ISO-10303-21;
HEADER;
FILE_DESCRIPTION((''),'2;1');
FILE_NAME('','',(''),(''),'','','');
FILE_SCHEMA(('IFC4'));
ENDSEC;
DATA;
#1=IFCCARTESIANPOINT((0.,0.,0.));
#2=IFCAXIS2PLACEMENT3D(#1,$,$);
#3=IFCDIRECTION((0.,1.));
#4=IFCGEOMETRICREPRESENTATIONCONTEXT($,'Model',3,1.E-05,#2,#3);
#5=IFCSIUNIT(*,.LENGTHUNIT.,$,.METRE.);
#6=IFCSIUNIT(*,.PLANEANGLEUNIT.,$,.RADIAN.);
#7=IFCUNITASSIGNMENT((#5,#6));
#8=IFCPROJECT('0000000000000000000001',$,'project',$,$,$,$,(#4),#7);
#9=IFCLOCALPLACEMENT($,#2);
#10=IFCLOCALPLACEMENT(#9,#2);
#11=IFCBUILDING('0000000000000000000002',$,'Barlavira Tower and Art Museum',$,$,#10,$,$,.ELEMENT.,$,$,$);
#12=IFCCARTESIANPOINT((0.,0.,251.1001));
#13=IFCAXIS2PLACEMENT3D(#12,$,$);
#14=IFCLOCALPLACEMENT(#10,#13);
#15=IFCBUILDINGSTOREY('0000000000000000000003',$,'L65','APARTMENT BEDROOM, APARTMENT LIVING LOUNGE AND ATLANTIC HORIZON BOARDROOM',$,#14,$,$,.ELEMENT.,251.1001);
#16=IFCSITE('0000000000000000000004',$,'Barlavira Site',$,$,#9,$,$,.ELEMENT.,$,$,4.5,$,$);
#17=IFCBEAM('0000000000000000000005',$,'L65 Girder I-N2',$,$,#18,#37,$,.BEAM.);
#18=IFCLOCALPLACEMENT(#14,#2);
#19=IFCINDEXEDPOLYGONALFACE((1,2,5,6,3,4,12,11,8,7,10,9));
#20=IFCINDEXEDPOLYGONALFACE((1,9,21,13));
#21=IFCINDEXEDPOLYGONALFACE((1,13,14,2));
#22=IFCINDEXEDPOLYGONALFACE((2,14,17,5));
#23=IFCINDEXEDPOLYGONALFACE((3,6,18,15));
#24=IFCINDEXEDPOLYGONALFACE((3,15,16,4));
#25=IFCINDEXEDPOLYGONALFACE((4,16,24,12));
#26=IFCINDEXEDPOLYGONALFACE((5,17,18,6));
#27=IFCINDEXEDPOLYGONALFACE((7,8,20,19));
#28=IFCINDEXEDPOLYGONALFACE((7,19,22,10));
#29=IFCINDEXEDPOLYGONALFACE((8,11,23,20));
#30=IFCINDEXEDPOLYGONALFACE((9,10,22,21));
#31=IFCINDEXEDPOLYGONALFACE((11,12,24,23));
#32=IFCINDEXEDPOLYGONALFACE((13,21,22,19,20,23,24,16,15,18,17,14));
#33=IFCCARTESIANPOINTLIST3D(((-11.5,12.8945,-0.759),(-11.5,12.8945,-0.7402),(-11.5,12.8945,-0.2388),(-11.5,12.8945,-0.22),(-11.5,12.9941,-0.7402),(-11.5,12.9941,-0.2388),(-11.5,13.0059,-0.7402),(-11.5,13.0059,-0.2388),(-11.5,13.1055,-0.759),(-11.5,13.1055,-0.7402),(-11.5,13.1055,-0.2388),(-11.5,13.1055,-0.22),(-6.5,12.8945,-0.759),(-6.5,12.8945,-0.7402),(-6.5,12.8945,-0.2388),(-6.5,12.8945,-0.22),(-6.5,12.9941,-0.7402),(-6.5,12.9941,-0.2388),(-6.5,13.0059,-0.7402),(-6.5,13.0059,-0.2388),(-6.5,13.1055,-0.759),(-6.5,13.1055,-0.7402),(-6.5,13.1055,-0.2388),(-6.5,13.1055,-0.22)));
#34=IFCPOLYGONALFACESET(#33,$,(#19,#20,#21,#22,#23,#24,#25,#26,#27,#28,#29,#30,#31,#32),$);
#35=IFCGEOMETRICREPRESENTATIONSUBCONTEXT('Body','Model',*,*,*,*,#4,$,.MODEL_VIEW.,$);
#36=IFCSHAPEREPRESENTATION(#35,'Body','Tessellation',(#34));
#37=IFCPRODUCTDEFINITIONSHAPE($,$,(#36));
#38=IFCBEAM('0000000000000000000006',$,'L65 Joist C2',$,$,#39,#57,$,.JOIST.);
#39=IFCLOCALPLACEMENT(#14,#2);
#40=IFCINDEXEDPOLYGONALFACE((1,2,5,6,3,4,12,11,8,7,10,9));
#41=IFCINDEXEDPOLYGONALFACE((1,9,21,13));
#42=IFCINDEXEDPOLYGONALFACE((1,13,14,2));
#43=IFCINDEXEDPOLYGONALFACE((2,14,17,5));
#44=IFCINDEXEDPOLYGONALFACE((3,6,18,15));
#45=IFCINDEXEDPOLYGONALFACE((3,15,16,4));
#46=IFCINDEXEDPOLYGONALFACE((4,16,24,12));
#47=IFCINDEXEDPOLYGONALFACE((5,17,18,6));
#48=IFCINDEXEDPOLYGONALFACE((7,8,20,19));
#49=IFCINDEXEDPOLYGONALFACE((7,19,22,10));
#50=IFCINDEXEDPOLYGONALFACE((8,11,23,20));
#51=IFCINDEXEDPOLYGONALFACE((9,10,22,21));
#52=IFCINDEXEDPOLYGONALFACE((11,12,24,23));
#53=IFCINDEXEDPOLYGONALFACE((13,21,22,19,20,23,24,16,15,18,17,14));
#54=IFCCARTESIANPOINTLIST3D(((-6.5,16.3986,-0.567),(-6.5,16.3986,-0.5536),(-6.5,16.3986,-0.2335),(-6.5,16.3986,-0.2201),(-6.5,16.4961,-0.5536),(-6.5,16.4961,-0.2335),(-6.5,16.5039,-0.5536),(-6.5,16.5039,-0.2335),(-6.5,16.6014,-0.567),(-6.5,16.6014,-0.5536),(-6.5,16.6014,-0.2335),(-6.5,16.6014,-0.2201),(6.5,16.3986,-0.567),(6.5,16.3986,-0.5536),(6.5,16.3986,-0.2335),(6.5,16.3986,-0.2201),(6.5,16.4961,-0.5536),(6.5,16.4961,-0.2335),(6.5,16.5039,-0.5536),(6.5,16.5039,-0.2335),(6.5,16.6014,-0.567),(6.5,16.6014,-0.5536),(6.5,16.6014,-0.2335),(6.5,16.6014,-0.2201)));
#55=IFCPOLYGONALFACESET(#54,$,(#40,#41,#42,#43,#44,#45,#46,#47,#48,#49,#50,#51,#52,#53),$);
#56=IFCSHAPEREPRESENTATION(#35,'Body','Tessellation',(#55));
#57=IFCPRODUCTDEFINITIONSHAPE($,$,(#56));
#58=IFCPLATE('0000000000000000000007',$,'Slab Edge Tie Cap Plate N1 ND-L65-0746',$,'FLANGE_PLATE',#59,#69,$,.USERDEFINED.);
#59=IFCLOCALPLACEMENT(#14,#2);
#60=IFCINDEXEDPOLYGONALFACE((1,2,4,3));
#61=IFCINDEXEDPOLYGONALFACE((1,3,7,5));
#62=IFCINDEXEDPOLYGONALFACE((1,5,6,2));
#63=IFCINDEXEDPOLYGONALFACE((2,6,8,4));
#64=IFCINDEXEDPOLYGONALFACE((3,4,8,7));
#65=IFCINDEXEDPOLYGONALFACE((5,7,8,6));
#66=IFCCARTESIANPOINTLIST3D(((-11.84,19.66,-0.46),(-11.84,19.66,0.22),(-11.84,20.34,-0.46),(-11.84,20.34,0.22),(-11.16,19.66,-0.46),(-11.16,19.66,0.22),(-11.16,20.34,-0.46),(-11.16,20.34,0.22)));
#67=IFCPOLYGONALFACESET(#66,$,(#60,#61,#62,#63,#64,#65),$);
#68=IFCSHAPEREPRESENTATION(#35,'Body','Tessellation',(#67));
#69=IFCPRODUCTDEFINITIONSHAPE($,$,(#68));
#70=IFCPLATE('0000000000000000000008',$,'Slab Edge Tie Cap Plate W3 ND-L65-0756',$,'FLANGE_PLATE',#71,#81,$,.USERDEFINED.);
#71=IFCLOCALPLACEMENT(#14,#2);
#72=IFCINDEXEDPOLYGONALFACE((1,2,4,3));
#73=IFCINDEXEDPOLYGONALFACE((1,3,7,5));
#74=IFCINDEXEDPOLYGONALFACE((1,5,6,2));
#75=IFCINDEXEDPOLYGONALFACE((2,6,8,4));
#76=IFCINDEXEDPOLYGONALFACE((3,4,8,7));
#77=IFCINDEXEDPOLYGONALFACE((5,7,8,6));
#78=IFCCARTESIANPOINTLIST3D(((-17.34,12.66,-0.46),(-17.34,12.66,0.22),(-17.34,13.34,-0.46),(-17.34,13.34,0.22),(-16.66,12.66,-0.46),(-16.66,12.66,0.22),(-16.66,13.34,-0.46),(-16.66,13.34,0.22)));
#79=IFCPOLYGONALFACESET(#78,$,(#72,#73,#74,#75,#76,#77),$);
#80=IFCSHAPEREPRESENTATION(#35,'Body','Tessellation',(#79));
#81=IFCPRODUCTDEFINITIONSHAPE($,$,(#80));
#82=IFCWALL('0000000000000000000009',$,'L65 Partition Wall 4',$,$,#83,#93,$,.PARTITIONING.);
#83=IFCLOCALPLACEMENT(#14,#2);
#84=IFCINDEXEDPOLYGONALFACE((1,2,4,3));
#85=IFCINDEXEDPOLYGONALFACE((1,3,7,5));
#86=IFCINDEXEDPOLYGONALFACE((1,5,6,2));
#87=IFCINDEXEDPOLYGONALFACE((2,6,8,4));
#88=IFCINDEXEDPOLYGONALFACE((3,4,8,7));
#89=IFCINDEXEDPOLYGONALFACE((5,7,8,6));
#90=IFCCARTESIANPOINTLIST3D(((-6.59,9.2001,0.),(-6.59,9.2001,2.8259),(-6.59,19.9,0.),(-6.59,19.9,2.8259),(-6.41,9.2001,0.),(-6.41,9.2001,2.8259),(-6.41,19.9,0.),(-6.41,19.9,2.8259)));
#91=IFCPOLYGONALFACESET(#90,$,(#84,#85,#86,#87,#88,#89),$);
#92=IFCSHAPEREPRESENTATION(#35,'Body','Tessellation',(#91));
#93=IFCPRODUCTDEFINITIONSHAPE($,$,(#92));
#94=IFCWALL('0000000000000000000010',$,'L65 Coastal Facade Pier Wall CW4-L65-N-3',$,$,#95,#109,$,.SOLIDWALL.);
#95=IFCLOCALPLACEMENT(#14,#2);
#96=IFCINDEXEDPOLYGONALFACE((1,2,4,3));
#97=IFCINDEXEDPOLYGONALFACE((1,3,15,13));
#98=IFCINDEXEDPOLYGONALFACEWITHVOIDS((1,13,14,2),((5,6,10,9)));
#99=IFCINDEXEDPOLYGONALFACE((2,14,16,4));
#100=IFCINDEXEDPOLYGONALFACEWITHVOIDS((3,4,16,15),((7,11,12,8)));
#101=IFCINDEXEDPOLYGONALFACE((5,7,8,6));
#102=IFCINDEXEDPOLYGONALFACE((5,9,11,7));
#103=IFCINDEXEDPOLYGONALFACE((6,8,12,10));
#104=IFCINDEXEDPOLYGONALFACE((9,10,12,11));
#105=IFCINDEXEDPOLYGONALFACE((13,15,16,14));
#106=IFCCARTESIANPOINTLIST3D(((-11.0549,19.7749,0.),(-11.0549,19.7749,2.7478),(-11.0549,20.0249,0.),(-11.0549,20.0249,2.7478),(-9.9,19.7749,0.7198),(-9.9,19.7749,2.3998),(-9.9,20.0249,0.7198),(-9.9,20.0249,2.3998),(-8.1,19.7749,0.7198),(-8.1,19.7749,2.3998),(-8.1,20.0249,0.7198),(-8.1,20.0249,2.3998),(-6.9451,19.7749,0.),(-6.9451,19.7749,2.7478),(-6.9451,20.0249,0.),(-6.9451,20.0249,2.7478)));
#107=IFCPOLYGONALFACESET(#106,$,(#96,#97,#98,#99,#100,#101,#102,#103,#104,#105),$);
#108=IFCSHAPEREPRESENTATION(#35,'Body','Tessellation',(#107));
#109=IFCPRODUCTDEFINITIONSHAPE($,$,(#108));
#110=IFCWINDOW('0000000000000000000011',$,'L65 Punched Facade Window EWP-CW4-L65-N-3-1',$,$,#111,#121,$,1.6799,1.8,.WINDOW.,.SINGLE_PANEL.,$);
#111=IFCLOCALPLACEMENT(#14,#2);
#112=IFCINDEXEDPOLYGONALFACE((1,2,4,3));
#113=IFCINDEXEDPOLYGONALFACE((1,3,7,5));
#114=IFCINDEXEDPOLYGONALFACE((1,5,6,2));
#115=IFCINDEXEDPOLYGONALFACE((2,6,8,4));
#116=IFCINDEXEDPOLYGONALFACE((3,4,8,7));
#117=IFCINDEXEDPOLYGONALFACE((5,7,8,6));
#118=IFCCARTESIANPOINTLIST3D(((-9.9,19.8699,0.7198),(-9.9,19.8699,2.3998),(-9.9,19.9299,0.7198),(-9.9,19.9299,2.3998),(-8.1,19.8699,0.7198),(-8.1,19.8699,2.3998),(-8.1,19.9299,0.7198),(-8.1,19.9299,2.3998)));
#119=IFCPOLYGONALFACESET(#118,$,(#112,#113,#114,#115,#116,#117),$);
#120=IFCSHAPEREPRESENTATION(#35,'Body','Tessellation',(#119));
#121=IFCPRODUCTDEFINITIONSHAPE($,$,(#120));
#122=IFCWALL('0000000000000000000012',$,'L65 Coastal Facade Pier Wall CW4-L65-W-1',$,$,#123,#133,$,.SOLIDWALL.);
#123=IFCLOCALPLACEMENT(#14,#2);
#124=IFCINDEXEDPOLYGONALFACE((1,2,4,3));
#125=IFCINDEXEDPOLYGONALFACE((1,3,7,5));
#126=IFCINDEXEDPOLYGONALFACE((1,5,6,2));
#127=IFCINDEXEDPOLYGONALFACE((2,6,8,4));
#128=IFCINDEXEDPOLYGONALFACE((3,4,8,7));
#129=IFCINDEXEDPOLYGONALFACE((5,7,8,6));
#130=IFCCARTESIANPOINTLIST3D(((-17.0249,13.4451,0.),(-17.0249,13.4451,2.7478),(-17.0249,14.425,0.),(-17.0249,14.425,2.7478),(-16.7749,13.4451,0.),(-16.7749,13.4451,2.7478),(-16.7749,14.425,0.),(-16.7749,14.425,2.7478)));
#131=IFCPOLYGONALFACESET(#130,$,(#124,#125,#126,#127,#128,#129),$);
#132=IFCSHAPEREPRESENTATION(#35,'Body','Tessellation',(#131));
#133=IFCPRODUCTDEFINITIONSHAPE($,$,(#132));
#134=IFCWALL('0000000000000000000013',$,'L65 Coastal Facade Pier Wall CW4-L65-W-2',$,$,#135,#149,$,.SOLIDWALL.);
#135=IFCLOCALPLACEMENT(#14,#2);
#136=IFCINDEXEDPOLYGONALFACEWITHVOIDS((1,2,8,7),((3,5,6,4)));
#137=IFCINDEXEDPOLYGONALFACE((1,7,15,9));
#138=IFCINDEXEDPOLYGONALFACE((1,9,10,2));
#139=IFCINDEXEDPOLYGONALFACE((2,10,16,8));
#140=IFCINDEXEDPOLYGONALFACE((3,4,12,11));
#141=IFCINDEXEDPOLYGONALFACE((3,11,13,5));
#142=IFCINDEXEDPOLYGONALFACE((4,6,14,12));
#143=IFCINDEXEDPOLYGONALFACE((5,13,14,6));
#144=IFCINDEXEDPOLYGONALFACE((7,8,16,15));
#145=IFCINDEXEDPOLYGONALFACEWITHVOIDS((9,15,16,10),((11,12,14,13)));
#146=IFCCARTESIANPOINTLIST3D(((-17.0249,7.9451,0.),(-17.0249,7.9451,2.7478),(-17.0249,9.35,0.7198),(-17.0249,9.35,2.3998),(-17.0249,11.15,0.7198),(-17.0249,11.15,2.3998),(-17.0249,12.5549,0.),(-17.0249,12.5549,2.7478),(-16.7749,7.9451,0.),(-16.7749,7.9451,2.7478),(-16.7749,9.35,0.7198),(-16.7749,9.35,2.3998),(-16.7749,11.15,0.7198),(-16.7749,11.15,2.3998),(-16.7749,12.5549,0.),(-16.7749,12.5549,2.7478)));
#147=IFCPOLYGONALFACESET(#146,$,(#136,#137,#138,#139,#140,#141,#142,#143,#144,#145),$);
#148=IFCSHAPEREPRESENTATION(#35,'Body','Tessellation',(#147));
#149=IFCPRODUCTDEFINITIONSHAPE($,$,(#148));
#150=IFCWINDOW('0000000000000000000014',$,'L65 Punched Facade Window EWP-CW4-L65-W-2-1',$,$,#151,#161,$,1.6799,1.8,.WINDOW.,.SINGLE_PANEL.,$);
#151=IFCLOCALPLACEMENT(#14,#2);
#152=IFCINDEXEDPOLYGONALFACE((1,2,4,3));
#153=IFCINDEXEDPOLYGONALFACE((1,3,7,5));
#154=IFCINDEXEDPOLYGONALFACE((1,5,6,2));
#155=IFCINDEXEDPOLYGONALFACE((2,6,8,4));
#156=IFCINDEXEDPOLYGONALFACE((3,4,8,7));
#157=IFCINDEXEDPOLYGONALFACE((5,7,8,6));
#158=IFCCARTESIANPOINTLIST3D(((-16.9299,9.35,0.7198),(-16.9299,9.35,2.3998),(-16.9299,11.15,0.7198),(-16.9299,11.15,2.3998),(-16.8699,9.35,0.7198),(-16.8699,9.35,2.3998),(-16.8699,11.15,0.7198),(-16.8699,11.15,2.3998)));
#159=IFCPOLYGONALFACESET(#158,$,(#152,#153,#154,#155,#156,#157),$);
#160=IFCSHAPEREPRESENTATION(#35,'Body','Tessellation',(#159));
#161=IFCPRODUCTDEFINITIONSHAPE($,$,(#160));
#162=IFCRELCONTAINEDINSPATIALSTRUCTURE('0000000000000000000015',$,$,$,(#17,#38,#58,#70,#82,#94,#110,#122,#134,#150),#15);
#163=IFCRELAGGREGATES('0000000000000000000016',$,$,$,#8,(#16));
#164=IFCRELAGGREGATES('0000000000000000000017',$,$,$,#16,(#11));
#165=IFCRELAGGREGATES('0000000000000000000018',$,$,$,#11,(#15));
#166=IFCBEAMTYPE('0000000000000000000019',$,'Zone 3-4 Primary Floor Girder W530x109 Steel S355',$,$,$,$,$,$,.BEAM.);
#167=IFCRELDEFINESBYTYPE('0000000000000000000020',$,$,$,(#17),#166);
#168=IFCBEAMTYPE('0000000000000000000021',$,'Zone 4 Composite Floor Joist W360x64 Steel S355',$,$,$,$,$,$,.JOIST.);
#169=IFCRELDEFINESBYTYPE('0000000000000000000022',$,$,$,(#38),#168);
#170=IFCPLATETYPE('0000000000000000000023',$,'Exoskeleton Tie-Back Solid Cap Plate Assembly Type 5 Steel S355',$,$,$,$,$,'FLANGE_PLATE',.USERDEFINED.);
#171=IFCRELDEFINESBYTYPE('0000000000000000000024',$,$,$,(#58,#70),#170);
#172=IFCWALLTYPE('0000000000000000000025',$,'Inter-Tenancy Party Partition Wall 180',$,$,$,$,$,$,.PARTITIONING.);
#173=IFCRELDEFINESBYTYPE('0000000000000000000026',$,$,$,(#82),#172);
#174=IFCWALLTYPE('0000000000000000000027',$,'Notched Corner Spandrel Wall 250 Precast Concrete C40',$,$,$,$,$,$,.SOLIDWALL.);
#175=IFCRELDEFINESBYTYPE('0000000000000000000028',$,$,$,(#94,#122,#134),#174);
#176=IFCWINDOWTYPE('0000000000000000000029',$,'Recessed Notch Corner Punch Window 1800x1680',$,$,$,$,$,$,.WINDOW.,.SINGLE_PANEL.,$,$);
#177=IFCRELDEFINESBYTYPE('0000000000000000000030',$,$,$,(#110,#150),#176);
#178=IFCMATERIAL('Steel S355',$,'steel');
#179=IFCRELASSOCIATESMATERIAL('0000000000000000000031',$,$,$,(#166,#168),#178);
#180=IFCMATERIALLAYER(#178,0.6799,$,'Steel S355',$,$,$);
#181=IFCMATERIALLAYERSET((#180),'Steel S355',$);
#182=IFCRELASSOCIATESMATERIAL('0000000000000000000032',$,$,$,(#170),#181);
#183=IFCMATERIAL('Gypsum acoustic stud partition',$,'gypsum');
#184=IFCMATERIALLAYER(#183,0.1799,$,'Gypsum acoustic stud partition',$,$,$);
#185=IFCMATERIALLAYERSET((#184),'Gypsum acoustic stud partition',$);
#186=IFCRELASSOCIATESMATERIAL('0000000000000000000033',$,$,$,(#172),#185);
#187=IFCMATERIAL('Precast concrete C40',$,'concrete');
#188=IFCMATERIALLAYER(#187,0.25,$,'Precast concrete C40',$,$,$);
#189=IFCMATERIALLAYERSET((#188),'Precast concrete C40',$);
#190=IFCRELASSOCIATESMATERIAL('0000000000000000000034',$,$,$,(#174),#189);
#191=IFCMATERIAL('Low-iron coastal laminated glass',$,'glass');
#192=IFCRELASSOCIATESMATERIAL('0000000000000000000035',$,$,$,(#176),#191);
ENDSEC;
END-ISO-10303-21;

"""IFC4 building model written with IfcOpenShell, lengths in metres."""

from ifc_helpers import new_model, si_unit, direction, frame, frame_2d, origin, origin_2d, place, context, subcontext, project, spatial, rectangle, i_section, extrude, material, layer, layer_set, material_profile, profile_set, type_object, element, fill, save


model = new_model("IFC4")

# Units and contexts
model_context = context("Model", 3, precision=1e-05, world=origin(), true_north=direction((0.0, 1.0)))
body_context = subcontext(model_context, "Body", "Model", "MODEL_VIEW")
ifc_project = project(units=[si_unit("LENGTHUNIT", "METRE"), si_unit("PLANEANGLEUNIT", "RADIAN")], contexts=[model_context])

# Site, building, storey
site_placement = place(None, origin())
site = spatial("IfcSite", under=ifc_project, at=site_placement, Name="Barlavira Site", CompositionType="ELEMENT", RefElevation=4.5)
building_placement = place(site_placement, origin())
building = spatial("IfcBuilding", under=site, at=building_placement, Name="Barlavira Tower and Art Museum", CompositionType="ELEMENT")
storey_placement = place(building_placement, frame((0.0, 0.0, 251.1001)))
storey = spatial("IfcBuildingStorey", under=building, at=storey_placement, Name="L65", Description="APARTMENT BEDROOM, APARTMENT LIVING LOUNGE AND ATLANTIC HORIZON BOARDROOM", CompositionType="ELEMENT", Elevation=251.1001)

# Shared definitions
ifc_material_1 = material(Name="Steel S355", Category="steel")

# Beams
ifc_material_profile_1 = material_profile(ifc_material_1, i_section(OverallWidth=0.2109, OverallDepth=0.5391, WebThickness=0.0117, FlangeThickness=0.0188, at=origin_2d()), Name="W530x109.0")
ifc_profile_set_1 = profile_set([ifc_material_profile_1], Name="Steel S355")
beam_type_1 = type_object("IfcBeamType", Name="Zone 3-4 Primary Floor Girder W530x109 Steel S355", PredefinedType="BEAM", material=ifc_profile_set_1)
beam_1_placement = place(storey_placement, frame((-11.5, 13.0, -0.4895), z_axis=(1.0, 0.0, 0.0), x_axis=(0.0, 1.0, 0.0)))
element("IfcBeam", 1, at=beam_1_placement, inside=storey, type_object=beam_type_1, Name="L65 Girder I-N2", PredefinedType="BEAM", context=body_context, shape_type="SweptSolid", body=[
    extrude(i_section(OverallWidth=0.2109, OverallDepth=0.5391, WebThickness=0.0117, FlangeThickness=0.0188, at=origin_2d()), origin(), (0.0, 0.0, 1.0), 5.0),
])
ifc_material_profile_2 = material_profile(ifc_material_1, i_section(OverallWidth=0.2029, OverallDepth=0.3469, WebThickness=0.0078, FlangeThickness=0.0134, at=origin_2d()), Name="W360x64.0")
ifc_profile_set_2 = profile_set([ifc_material_profile_2], Name="Steel S355")
beam_type_2 = type_object("IfcBeamType", Name="Zone 4 Composite Floor Joist W360x64 Steel S355", PredefinedType="JOIST", material=ifc_profile_set_2)
beam_2_placement = place(storey_placement, frame((-6.5, 16.5, -0.3936), z_axis=(1.0, 0.0, 0.0), x_axis=(0.0, 1.0, 0.0)))
element("IfcBeam", 2, at=beam_2_placement, inside=storey, type_object=beam_type_2, Name="L65 Joist C2", PredefinedType="JOIST", context=body_context, shape_type="SweptSolid", body=[
    extrude(i_section(OverallWidth=0.2029, OverallDepth=0.3469, WebThickness=0.0078, FlangeThickness=0.0134, at=origin_2d()), origin(), (0.0, 0.0, 1.0), 13.0),
])

# Plates
ifc_layer_1 = layer(ifc_material_1, 0.6799, Name="Steel S355")
ifc_layer_set_1 = layer_set([ifc_layer_1], Name="Steel S355")
plate_type = type_object("IfcPlateType", Name="Exoskeleton Tie-Back Solid Cap Plate Assembly Type 5 Steel S355", ElementType="FLANGE_PLATE", PredefinedType="USERDEFINED", material=ifc_layer_set_1)
for number, where, z_axis, x_axis, name in (
    (3, (-11.5, 20.0, -0.46), (0.0, 0.0, 1.0), (1.0, 0.0, 0.0), "Slab Edge Tie Cap Plate N1 ND-L65-0746"),
    (4, (-17.0, 13.0, -0.46), (0.0, 0.0, 1.0), (1.0, 0.0, 0.0), "Slab Edge Tie Cap Plate W3 ND-L65-0756"),
):
    element("IfcPlate", number, at=place(storey_placement, frame(where, z_axis=z_axis, x_axis=x_axis)), inside=storey, type_object=plate_type, Name=name, ObjectType="FLANGE_PLATE", PredefinedType="USERDEFINED", context=body_context, shape_type="SweptSolid", body=[
        extrude(rectangle(XDim=0.6799, YDim=0.6799, at=origin_2d()), origin(), (0.0, 0.0, 1.0), 0.6799),
    ])

# Wall
ifc_material_2 = material(Name="Gypsum acoustic stud partition", Category="gypsum")
ifc_layer_2 = layer(ifc_material_2, 0.1799, Name="Gypsum acoustic stud partition")
ifc_layer_set_2 = layer_set([ifc_layer_2], Name="Gypsum acoustic stud partition")
wall_type_1 = type_object("IfcWallType", Name="Inter-Tenancy Party Partition Wall 180", PredefinedType="PARTITIONING", material=ifc_layer_set_2)
wall_1_placement = place(storey_placement, frame((-6.5, 9.2, 0.0), z_axis=(0.0, 0.0, 1.0), x_axis=(0.0, 1.0, 0.0)))
element("IfcWall", 5, at=wall_1_placement, inside=storey, type_object=wall_type_1, Name="L65 Partition Wall 4", PredefinedType="PARTITIONING", context=body_context, shape_type="SweptSolid", body=[
    extrude(rectangle(XDim=10.7, YDim=0.1799, at=frame_2d((5.3501, 0.0))), origin(), (0.0, 0.0, 1.0), 2.8259),
])

# Wall, opening, window
ifc_material_3 = material(Name="Precast concrete C40", Category="concrete")
ifc_layer_3 = layer(ifc_material_3, 0.25, Name="Precast concrete C40")
ifc_layer_set_3 = layer_set([ifc_layer_3], Name="Precast concrete C40")
wall_type_2 = type_object("IfcWallType", Name="Notched Corner Spandrel Wall 250 Precast Concrete C40", PredefinedType="SOLIDWALL", material=ifc_layer_set_3)
wall_2_placement = place(storey_placement, frame((-6.9451, 19.8999, 0.0), z_axis=(0.0, 0.0, 1.0), x_axis=(-1.0, 0.0, 0.0)))
wall_2 = element("IfcWall", 6, at=wall_2_placement, inside=storey, type_object=wall_type_2, Name="L65 Coastal Facade Pier Wall CW4-L65-N-3", PredefinedType="SOLIDWALL", context=body_context, shape_type="SweptSolid", body=[
    extrude(rectangle(XDim=4.1099, YDim=0.25, at=frame_2d((2.0549, 0.0))), origin(), (0.0, 0.0, 1.0), 2.7478),
])
opening_1_placement = place(wall_2_placement, frame((1.155, 0.0, 0.72)))
opening_1 = element("IfcOpeningElement", 7, at=opening_1_placement, cuts=wall_2, PredefinedType="OPENING", context=body_context, shape_type="SweptSolid", body=[
    extrude(rectangle(XDim=1.8, YDim=1.6799, at=frame_2d((0.8999, 0.8398))), frame((0.0, 0.135, 0.0), z_axis=(0.0, -1.0, 0.0), x_axis=(1.0, 0.0, 0.0)), (0.0, 0.0, 1.0), 0.27),
])
ifc_material_4 = material(Name="Low-iron coastal laminated glass", Category="glass")
window_type = type_object("IfcWindowType", Name="Recessed Notch Corner Punch Window 1800x1680", PartitioningType="SINGLE_PANEL", PredefinedType="WINDOW", material=ifc_material_4)
window_1_placement = place(opening_1_placement, origin())
window_1 = element("IfcWindow", 8, at=window_1_placement, inside=storey, type_object=window_type, Name="L65 Punched Facade Window EWP-CW4-L65-N-3-1", OverallHeight=1.6799, OverallWidth=1.8, PartitioningType="SINGLE_PANEL", PredefinedType="WINDOW", context=body_context, shape_type="SweptSolid", body=[
    extrude(rectangle(XDim=1.8, YDim=1.6799, at=frame_2d((0.8999, 0.8398))), frame((0.0, 0.03, 0.0), z_axis=(0.0, -1.0, 0.0), x_axis=(1.0, 0.0, 0.0)), (0.0, 0.0, 1.0), 0.0601),
])
fill(opening_1, window_1)

# Wall
wall_3_placement = place(storey_placement, frame((-16.8999, 14.425, 0.0), z_axis=(0.0, 0.0, 1.0), x_axis=(0.0, -1.0, 0.0)))
element("IfcWall", 9, at=wall_3_placement, inside=storey, type_object=wall_type_2, Name="L65 Coastal Facade Pier Wall CW4-L65-W-1", PredefinedType="SOLIDWALL", context=body_context, shape_type="SweptSolid", body=[
    extrude(rectangle(XDim=0.98, YDim=0.25, at=frame_2d((0.49, 0.0))), origin(), (0.0, 0.0, 1.0), 2.7478),
])

# Wall, opening, window
wall_4_placement = place(storey_placement, frame((-16.8999, 12.5549, 0.0), z_axis=(0.0, 0.0, 1.0), x_axis=(0.0, -1.0, 0.0)))
wall_4 = element("IfcWall", 10, at=wall_4_placement, inside=storey, type_object=wall_type_2, Name="L65 Coastal Facade Pier Wall CW4-L65-W-2", PredefinedType="SOLIDWALL", context=body_context, shape_type="SweptSolid", body=[
    extrude(rectangle(XDim=4.6099, YDim=0.25, at=frame_2d((2.3049, 0.0))), origin(), (0.0, 0.0, 1.0), 2.7478),
])
opening_2_placement = place(wall_4_placement, frame((1.405, 0.0, 0.72)))
opening_2 = element("IfcOpeningElement", 11, at=opening_2_placement, cuts=wall_4, PredefinedType="OPENING", context=body_context, shape_type="SweptSolid", body=[
    extrude(rectangle(XDim=1.8, YDim=1.6799, at=frame_2d((0.8999, 0.8398))), frame((0.0, 0.135, 0.0), z_axis=(0.0, -1.0, 0.0), x_axis=(1.0, 0.0, 0.0)), (0.0, 0.0, 1.0), 0.27),
])
window_2_placement = place(opening_2_placement, origin())
window_2 = element("IfcWindow", 12, at=window_2_placement, inside=storey, type_object=window_type, Name="L65 Punched Facade Window EWP-CW4-L65-W-2-1", OverallHeight=1.6799, OverallWidth=1.8, PartitioningType="SINGLE_PANEL", PredefinedType="WINDOW", context=body_context, shape_type="SweptSolid", body=[
    extrude(rectangle(XDim=1.8, YDim=1.6799, at=frame_2d((0.8999, 0.8398))), frame((0.0, 0.03, 0.0), z_axis=(0.0, -1.0, 0.0), x_axis=(1.0, 0.0, 0.0)), (0.0, 0.0, 1.0), 0.0601),
])
fill(opening_2, window_2)

save(model, "model.ifc")
